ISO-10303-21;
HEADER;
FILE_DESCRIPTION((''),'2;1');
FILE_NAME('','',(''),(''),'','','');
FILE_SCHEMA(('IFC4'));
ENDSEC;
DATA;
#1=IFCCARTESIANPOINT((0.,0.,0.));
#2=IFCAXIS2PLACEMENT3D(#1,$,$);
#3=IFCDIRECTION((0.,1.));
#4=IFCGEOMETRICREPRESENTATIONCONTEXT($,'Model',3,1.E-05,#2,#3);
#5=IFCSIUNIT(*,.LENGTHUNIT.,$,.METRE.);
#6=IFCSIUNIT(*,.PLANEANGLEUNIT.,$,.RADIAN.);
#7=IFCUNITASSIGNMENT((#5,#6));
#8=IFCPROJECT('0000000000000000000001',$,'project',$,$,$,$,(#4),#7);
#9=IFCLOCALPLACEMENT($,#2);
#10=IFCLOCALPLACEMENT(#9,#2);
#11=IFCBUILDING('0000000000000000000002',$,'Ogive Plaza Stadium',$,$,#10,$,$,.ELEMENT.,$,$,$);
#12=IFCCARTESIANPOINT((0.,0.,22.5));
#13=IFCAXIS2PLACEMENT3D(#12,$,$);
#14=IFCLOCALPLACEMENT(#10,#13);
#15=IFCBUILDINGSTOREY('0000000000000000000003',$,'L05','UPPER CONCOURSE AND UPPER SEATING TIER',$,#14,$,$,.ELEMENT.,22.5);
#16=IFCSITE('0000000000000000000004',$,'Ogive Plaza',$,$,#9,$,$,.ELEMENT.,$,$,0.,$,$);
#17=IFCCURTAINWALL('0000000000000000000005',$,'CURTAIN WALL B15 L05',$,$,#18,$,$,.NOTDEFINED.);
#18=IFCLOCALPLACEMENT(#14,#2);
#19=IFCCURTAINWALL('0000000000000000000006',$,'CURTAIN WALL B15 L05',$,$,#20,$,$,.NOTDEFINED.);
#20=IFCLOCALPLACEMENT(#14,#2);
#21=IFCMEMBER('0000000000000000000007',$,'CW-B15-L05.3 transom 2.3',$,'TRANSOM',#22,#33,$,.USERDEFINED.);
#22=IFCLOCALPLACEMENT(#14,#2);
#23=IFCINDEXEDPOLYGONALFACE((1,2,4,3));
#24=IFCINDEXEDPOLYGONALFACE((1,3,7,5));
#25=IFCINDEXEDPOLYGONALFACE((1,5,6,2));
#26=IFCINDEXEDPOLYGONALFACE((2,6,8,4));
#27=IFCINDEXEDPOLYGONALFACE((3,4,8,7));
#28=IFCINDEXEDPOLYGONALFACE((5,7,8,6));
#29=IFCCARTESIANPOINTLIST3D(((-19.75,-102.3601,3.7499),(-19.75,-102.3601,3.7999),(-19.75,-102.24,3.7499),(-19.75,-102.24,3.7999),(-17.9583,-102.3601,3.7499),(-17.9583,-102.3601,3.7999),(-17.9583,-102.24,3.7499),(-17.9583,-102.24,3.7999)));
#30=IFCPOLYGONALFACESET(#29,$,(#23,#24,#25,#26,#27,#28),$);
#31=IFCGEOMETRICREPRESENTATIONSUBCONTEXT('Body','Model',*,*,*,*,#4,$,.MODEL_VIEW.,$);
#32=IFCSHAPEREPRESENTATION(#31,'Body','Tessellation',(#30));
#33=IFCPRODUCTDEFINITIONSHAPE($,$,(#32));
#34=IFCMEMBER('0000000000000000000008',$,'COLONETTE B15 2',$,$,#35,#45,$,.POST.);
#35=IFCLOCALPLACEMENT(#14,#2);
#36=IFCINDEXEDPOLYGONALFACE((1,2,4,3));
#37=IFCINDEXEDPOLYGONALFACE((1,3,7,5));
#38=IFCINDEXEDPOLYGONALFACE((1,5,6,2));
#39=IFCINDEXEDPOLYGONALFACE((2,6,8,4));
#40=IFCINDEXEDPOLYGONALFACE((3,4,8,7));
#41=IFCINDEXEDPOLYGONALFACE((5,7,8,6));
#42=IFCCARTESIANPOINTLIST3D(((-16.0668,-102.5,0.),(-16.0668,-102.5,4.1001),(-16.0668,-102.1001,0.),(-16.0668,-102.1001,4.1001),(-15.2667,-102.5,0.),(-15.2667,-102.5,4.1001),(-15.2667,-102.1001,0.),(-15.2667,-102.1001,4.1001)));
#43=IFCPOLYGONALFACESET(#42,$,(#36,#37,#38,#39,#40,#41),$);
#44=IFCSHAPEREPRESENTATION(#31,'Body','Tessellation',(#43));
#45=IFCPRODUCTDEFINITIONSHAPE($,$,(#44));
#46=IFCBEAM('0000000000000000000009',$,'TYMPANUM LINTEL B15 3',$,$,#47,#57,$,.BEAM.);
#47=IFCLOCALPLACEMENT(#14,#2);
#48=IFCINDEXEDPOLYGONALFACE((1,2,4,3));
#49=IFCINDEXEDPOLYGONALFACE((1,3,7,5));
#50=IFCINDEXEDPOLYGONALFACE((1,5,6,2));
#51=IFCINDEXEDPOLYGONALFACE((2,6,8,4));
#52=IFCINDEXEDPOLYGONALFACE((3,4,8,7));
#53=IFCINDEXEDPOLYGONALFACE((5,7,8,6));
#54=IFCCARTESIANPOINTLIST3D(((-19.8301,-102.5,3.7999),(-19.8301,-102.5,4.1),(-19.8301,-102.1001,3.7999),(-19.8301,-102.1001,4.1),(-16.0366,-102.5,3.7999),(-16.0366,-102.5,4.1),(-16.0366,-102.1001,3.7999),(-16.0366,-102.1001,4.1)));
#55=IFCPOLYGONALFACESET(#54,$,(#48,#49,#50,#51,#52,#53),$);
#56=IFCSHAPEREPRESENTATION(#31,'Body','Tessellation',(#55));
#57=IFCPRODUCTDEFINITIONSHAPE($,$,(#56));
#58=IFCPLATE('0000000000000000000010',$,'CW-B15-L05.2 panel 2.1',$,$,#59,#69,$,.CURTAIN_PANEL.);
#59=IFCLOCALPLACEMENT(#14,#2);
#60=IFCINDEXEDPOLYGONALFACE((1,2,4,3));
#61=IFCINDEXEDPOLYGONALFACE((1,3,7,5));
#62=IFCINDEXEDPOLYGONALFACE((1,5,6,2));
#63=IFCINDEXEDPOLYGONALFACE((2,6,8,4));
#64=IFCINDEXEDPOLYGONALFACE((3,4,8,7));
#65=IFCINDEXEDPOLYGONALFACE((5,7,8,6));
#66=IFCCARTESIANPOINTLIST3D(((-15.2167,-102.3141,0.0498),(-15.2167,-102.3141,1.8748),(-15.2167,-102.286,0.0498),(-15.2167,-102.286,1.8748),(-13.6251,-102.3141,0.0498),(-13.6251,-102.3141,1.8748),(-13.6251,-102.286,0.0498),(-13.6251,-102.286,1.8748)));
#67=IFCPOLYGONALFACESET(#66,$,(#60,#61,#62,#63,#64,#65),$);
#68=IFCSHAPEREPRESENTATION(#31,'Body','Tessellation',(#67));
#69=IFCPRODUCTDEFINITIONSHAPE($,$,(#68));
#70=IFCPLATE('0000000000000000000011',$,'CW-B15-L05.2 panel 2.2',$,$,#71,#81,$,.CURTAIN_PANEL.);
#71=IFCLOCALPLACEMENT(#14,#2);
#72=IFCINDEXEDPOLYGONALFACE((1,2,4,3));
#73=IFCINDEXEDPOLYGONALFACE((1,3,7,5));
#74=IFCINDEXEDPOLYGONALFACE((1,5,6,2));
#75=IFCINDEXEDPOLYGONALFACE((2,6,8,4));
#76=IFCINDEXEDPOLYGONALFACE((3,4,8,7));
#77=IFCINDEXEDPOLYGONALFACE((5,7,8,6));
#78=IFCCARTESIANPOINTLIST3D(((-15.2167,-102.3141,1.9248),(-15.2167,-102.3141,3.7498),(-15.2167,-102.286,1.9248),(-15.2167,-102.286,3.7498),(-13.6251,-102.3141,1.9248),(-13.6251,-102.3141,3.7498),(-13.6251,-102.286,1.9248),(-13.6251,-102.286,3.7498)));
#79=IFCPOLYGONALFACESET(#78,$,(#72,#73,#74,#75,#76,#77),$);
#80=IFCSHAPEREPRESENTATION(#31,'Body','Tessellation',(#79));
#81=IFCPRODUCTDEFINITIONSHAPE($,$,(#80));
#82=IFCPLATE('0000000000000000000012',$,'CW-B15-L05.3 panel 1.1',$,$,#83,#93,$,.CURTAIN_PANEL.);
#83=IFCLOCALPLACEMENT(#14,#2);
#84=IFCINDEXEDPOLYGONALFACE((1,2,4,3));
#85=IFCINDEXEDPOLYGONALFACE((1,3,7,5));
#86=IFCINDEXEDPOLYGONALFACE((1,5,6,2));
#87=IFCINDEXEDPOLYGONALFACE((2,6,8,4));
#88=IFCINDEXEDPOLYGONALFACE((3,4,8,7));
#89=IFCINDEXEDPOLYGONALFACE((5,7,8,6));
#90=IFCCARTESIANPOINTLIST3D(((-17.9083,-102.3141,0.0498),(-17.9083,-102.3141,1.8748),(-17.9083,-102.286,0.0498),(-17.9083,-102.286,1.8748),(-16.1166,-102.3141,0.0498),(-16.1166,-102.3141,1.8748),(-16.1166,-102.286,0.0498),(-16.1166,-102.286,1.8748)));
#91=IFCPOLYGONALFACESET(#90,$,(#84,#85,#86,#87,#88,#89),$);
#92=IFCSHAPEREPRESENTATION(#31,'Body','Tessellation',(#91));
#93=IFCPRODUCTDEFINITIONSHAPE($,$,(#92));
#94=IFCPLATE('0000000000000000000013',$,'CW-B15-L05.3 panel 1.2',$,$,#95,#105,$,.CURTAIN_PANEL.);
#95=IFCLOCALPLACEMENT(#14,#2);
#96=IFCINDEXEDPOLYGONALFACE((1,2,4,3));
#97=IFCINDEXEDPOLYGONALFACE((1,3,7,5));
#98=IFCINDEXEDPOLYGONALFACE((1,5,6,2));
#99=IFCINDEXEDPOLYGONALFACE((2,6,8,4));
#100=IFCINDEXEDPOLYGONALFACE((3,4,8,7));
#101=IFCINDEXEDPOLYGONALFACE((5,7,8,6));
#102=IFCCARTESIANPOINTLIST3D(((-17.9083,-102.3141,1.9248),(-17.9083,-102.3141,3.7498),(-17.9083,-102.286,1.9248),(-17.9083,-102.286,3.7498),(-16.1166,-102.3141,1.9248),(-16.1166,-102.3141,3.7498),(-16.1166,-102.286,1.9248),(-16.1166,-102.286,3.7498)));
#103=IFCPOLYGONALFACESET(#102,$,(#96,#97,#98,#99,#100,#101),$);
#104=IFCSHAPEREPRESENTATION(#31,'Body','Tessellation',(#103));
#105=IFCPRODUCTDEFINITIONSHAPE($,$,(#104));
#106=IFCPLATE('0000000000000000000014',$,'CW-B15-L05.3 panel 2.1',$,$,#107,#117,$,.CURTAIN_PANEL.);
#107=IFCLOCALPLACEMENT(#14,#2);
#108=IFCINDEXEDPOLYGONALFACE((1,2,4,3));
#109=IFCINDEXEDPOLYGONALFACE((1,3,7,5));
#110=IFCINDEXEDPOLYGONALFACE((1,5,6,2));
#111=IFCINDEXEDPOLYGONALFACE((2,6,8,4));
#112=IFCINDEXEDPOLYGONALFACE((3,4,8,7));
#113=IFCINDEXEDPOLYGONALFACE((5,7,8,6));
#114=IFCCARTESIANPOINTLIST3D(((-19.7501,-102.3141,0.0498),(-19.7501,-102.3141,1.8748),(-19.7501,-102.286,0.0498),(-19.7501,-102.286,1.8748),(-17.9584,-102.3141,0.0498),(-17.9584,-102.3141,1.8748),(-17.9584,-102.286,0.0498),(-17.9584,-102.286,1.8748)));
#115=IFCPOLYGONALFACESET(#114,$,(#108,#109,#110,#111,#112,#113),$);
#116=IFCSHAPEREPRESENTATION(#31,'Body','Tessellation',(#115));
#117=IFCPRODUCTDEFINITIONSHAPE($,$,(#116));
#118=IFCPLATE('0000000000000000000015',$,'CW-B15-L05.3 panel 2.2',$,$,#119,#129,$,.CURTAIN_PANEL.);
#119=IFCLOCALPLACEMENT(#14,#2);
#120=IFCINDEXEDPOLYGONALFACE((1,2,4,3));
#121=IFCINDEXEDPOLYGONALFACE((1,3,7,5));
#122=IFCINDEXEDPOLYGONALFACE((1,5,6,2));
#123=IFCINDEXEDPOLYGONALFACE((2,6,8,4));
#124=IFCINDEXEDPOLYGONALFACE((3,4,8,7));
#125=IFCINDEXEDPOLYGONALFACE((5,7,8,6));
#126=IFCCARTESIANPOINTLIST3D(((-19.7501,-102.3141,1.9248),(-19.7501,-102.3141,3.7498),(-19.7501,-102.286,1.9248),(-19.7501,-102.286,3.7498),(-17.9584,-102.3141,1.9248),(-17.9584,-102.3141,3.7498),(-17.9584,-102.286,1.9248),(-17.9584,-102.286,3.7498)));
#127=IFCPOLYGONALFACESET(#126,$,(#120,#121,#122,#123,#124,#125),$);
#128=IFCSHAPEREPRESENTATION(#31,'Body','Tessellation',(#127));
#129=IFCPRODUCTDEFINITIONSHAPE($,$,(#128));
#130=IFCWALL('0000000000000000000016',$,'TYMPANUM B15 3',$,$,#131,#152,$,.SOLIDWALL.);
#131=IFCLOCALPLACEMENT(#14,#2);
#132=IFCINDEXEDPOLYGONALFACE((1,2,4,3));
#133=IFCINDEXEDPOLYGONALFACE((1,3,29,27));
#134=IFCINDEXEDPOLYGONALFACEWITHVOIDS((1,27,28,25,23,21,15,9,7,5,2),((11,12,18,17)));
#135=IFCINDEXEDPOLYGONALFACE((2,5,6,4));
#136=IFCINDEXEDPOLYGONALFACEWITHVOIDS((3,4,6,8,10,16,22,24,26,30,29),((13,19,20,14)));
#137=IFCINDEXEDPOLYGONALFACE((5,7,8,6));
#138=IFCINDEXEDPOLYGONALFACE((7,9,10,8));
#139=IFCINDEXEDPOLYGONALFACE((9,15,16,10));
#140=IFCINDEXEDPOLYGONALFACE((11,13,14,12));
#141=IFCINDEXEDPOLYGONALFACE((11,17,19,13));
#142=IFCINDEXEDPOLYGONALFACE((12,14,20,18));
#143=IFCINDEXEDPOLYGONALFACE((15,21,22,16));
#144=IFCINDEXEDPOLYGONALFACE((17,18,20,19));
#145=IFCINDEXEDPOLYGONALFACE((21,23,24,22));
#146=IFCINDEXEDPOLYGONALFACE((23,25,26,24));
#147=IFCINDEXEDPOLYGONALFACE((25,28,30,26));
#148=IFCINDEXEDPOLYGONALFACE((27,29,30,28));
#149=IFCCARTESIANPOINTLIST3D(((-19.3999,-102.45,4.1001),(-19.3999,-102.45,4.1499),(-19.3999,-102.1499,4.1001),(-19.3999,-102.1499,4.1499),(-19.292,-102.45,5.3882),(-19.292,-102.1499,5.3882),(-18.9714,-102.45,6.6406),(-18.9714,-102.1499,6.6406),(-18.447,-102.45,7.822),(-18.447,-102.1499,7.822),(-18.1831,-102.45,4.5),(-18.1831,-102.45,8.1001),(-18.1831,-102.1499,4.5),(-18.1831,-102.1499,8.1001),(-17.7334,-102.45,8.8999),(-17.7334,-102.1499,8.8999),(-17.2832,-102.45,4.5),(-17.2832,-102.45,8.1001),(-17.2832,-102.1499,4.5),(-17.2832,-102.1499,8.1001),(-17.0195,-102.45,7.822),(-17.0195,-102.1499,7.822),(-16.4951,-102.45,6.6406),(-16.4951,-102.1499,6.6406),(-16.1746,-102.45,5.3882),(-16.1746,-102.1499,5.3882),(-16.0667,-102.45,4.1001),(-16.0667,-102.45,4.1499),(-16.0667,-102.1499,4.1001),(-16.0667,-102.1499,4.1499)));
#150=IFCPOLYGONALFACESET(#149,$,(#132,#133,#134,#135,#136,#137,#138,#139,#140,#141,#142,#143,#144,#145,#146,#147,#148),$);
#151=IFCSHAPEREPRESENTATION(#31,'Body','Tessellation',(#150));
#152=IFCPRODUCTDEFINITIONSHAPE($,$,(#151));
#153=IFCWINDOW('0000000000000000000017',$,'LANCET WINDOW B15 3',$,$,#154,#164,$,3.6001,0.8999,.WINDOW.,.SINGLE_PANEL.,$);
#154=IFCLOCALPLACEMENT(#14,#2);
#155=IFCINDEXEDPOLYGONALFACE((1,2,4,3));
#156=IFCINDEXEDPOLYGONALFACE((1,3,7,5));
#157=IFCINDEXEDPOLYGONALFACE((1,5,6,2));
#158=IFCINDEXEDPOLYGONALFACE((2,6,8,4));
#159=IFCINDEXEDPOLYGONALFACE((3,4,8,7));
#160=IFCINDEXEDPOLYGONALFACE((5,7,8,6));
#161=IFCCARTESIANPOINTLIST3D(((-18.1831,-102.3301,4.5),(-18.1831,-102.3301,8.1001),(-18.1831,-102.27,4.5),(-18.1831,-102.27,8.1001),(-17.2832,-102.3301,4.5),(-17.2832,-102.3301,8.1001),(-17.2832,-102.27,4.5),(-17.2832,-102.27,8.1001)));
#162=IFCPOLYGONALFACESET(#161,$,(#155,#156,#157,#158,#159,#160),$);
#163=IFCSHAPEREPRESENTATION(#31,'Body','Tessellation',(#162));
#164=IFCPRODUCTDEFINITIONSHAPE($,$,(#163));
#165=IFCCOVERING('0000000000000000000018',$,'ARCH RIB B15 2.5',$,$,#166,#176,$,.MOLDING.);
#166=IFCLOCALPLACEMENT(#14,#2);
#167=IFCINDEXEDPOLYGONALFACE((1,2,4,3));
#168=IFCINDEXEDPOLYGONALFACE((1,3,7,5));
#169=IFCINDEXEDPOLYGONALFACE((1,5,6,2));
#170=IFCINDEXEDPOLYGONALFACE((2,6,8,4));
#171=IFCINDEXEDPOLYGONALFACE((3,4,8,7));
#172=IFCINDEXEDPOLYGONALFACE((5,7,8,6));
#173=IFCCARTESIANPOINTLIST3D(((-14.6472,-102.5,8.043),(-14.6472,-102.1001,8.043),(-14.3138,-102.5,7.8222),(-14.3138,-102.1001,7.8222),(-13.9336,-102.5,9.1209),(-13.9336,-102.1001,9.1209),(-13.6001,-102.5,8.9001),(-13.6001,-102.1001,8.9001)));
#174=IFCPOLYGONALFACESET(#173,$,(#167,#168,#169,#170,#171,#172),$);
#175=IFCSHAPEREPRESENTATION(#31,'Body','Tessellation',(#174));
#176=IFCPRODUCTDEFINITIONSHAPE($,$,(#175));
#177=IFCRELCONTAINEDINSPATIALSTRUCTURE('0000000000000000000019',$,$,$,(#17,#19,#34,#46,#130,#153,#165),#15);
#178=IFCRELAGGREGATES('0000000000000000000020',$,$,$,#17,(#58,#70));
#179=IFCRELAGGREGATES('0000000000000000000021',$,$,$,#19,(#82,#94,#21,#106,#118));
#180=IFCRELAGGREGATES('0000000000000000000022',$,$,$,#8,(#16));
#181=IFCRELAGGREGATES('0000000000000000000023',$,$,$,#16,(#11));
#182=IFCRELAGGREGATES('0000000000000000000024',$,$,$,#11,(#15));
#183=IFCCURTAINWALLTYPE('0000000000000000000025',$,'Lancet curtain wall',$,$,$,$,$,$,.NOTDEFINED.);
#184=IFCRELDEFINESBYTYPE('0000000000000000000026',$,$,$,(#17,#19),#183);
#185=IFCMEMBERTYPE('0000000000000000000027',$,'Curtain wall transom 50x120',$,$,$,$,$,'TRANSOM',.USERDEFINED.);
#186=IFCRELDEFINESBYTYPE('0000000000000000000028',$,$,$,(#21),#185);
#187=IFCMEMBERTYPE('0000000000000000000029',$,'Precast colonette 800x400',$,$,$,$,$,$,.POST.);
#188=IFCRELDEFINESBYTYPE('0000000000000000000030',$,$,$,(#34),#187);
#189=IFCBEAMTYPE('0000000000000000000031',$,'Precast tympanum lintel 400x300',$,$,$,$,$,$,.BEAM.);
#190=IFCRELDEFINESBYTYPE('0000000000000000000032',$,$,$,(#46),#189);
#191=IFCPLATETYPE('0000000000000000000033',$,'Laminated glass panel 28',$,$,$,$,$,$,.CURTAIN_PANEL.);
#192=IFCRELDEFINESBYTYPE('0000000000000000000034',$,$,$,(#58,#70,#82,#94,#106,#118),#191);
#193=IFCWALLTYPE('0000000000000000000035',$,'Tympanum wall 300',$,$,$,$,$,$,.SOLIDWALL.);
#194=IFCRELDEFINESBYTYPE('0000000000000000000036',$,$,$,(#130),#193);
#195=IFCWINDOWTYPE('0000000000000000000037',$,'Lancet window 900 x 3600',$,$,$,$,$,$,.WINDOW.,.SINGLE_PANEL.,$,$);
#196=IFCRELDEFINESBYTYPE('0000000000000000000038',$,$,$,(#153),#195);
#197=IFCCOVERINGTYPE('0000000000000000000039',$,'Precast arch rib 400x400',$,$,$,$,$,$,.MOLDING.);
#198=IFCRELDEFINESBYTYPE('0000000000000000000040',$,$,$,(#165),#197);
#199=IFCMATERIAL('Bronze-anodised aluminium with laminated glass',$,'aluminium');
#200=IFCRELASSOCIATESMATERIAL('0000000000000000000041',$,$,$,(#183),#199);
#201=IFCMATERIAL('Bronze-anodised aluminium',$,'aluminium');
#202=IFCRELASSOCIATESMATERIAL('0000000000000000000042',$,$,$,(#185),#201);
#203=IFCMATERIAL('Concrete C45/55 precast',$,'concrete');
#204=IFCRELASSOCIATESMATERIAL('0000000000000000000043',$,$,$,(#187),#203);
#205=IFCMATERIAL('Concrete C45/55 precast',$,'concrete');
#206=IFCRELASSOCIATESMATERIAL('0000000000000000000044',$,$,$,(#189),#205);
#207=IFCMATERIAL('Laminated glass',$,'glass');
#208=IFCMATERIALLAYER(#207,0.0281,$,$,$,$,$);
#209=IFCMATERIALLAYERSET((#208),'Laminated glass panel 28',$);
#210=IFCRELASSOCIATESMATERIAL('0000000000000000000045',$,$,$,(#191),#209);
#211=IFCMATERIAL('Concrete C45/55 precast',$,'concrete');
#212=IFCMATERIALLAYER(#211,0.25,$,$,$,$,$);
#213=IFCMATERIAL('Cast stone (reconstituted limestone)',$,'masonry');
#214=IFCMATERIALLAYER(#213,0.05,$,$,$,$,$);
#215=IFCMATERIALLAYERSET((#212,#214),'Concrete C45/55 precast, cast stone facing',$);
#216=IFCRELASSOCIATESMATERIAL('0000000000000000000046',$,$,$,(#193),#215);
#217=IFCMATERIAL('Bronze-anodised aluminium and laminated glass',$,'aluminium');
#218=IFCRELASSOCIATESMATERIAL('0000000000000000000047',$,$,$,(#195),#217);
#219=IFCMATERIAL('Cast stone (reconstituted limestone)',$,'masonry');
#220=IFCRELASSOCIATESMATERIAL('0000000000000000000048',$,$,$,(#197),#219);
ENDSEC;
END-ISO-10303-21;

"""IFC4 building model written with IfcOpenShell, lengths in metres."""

from ifc_helpers import new_model, si_unit, direction, frame, frame_2d, origin, origin_2d, place, context, subcontext, project, spatial, polyline, rectangle, outline, extrude, material, layer, layer_set, material_profile, profile_set, type_object, element, fill, aggregate, save


model = new_model("IFC4")

# Units and contexts
model_context = context("Model", 3, precision=1e-05, world=origin(), true_north=direction((0.0, 1.0)))
body_context = subcontext(model_context, "Body", "Model", "MODEL_VIEW")
ifc_project = project(units=[si_unit("LENGTHUNIT", "METRE"), si_unit("PLANEANGLEUNIT", "RADIAN")], contexts=[model_context])

# Site, building, storey
site_placement = place(None, origin())
site = spatial("IfcSite", under=ifc_project, at=site_placement, Name="Ogive Plaza", CompositionType="ELEMENT", RefElevation=0.0)
building_placement = place(site_placement, origin())
building = spatial("IfcBuilding", under=site, at=building_placement, Name="Ogive Plaza Stadium", CompositionType="ELEMENT")
storey_placement = place(building_placement, frame((0.0, 0.0, 22.5)))
storey = spatial("IfcBuildingStorey", under=building, at=storey_placement, Name="L05", Description="UPPER CONCOURSE AND UPPER SEATING TIER", CompositionType="ELEMENT", Elevation=22.5)

# Curtain walls
ifc_material_1 = material(Name="Bronze-anodised aluminium with laminated glass", Category="aluminium")
curtain_wall_type = type_object("IfcCurtainWallType", Name="Lancet curtain wall", PredefinedType="NOTDEFINED", material=ifc_material_1)
curtain_wall_1_placement = place(storey_placement, origin())
curtain_wall_1 = element("IfcCurtainWall", 1, at=curtain_wall_1_placement, inside=storey, type_object=curtain_wall_type, Name="CURTAIN WALL B15 L05", PredefinedType="NOTDEFINED")
curtain_wall_2_placement = place(storey_placement, origin())
curtain_wall_2 = element("IfcCurtainWall", 2, at=curtain_wall_2_placement, inside=storey, type_object=curtain_wall_type, Name="CURTAIN WALL B15 L05", PredefinedType="NOTDEFINED")

# Members
ifc_material_2 = material(Name="Bronze-anodised aluminium", Category="aluminium")
ifc_material_profile_1 = material_profile(ifc_material_2, rectangle(XDim=0.1201, YDim=0.05, at=origin_2d()), Name="AL 120x50")
ifc_profile_set_1 = profile_set([ifc_material_profile_1], Name="Bronze-anodised aluminium")
member_type_1 = type_object("IfcMemberType", Name="Curtain wall transom 50x120", ElementType="TRANSOM", PredefinedType="USERDEFINED", material=ifc_profile_set_1)
member_1_placement = place(storey_placement, frame((-17.9583, -102.3, 3.7749), z_axis=(-1.0, 0.0, 0.0), x_axis=(0.0, -1.0, 0.0)))
member_1 = element("IfcMember", 3, at=member_1_placement, type_object=member_type_1, Name="CW-B15-L05.3 transom 2.3", ObjectType="TRANSOM", PredefinedType="USERDEFINED", context=body_context, shape_type="SweptSolid", body=[
    extrude(rectangle(XDim=0.1201, YDim=0.05, at=origin_2d()), origin(), (0.0, 0.0, 1.0), 1.7917),
])
ifc_material_3 = material(Name="Concrete C45/55 precast", Category="concrete")
ifc_material_profile_2 = material_profile(ifc_material_3, rectangle(XDim=0.3999, YDim=0.8, at=origin_2d()), Name="RC 400x800")
ifc_profile_set_2 = profile_set([ifc_material_profile_2], Name="Concrete C45/55 precast")
member_type_2 = type_object("IfcMemberType", Name="Precast colonette 800x400", PredefinedType="POST", material=ifc_profile_set_2)
member_2_placement = place(storey_placement, frame((-15.6667, -102.3, 0.0), z_axis=(0.0, 0.0, 1.0), x_axis=(0.0, -1.0, 0.0)))
element("IfcMember", 4, at=member_2_placement, inside=storey, type_object=member_type_2, Name="COLONETTE B15 2", PredefinedType="POST", context=body_context, shape_type="SweptSolid", body=[
    extrude(rectangle(XDim=0.3999, YDim=0.8, at=origin_2d()), origin(), (0.0, 0.0, 1.0), 4.1001),
])

# Beam
ifc_material_4 = material(Name="Concrete C45/55 precast", Category="concrete")
ifc_material_profile_3 = material_profile(ifc_material_4, rectangle(XDim=0.3999, YDim=0.3, at=origin_2d()), Name="RC 400x300")
ifc_profile_set_3 = profile_set([ifc_material_profile_3], Name="Concrete C45/55 precast")
beam_type = type_object("IfcBeamType", Name="Precast tympanum lintel 400x300", PredefinedType="BEAM", material=ifc_profile_set_3)
beam_placement = place(storey_placement, frame((-16.0366, -102.3, 3.95), z_axis=(-1.0, 0.0, 0.0), x_axis=(0.0, -1.0, 0.0)))
element("IfcBeam", 5, at=beam_placement, inside=storey, type_object=beam_type, Name="TYMPANUM LINTEL B15 3", PredefinedType="BEAM", context=body_context, shape_type="SweptSolid", body=[
    extrude(rectangle(XDim=0.3999, YDim=0.3, at=origin_2d()), origin(), (0.0, 0.0, 1.0), 3.7935),
])

# Plates
ifc_material_5 = material(Name="Laminated glass", Category="glass")
ifc_layer_1 = layer(ifc_material_5, 0.0281)
ifc_layer_set_1 = layer_set([ifc_layer_1], Name="Laminated glass panel 28")
plate_type = type_object("IfcPlateType", Name="Laminated glass panel 28", PredefinedType="CURTAIN_PANEL", material=ifc_layer_set_1)
plate_1_placement = place(storey_placement, frame((-14.4209, -102.3, 0.0498), z_axis=(0.0, 0.0, 1.0), x_axis=(-1.0, 0.0, 0.0)))
plate_1 = element("IfcPlate", 6, at=plate_1_placement, type_object=plate_type, Name="CW-B15-L05.2 panel 2.1", PredefinedType="CURTAIN_PANEL", context=body_context, shape_type="SweptSolid", body=[
    extrude(rectangle(XDim=1.5916, YDim=0.0281, at=origin_2d()), origin(), (0.0, 0.0, 1.0), 1.825),
])
plate_2_placement = place(storey_placement, frame((-14.4209, -102.3, 1.9248), z_axis=(0.0, 0.0, 1.0), x_axis=(-1.0, 0.0, 0.0)))
plate_2 = element("IfcPlate", 7, at=plate_2_placement, type_object=plate_type, Name="CW-B15-L05.2 panel 2.2", PredefinedType="CURTAIN_PANEL", context=body_context, shape_type="SweptSolid", body=[
    extrude(rectangle(XDim=1.5916, YDim=0.0281, at=origin_2d()), origin(), (0.0, 0.0, 1.0), 1.825),
])
aggregate(curtain_wall_1, [plate_1, plate_2])
plate_3_placement = place(storey_placement, frame((-17.0125, -102.3, 0.0498), z_axis=(0.0, 0.0, 1.0), x_axis=(-1.0, 0.0, 0.0)))
plate_3 = element("IfcPlate", 8, at=plate_3_placement, type_object=plate_type, Name="CW-B15-L05.3 panel 1.1", PredefinedType="CURTAIN_PANEL", context=body_context, shape_type="SweptSolid", body=[
    extrude(rectangle(XDim=1.7917, YDim=0.0281, at=origin_2d()), origin(), (0.0, 0.0, 1.0), 1.825),
])
plate_4_placement = place(storey_placement, frame((-17.0125, -102.3, 1.9248), z_axis=(0.0, 0.0, 1.0), x_axis=(-1.0, 0.0, 0.0)))
plate_4 = element("IfcPlate", 9, at=plate_4_placement, type_object=plate_type, Name="CW-B15-L05.3 panel 1.2", PredefinedType="CURTAIN_PANEL", context=body_context, shape_type="SweptSolid", body=[
    extrude(rectangle(XDim=1.7917, YDim=0.0281, at=origin_2d()), origin(), (0.0, 0.0, 1.0), 1.825),
])
plate_5_placement = place(storey_placement, frame((-18.8542, -102.3, 0.0498), z_axis=(0.0, 0.0, 1.0), x_axis=(-1.0, 0.0, 0.0)))
plate_5 = element("IfcPlate", 10, at=plate_5_placement, type_object=plate_type, Name="CW-B15-L05.3 panel 2.1", PredefinedType="CURTAIN_PANEL", context=body_context, shape_type="SweptSolid", body=[
    extrude(rectangle(XDim=1.7917, YDim=0.0281, at=origin_2d()), origin(), (0.0, 0.0, 1.0), 1.825),
])
plate_6_placement = place(storey_placement, frame((-18.8542, -102.3, 1.9248), z_axis=(0.0, 0.0, 1.0), x_axis=(-1.0, 0.0, 0.0)))
plate_6 = element("IfcPlate", 11, at=plate_6_placement, type_object=plate_type, Name="CW-B15-L05.3 panel 2.2", PredefinedType="CURTAIN_PANEL", context=body_context, shape_type="SweptSolid", body=[
    extrude(rectangle(XDim=1.7917, YDim=0.0281, at=origin_2d()), origin(), (0.0, 0.0, 1.0), 1.825),
])
aggregate(curtain_wall_2, [plate_3, plate_4, member_1, plate_5, plate_6])

# Wall, opening, window
ifc_material_6 = material(Name="Concrete C45/55 precast", Category="concrete")
ifc_layer_2 = layer(ifc_material_6, 0.25)
ifc_material_7 = material(Name="Cast stone (reconstituted limestone)", Category="masonry")
ifc_layer_3 = layer(ifc_material_7, 0.05)
ifc_layer_set_2 = layer_set([ifc_layer_2, ifc_layer_3], Name="Concrete C45/55 precast, cast stone facing")
wall_type = type_object("IfcWallType", Name="Tympanum wall 300", PredefinedType="SOLIDWALL", material=ifc_layer_set_2)
wall_placement = place(storey_placement, frame((-16.0667, -102.3, 4.1001), z_axis=(0.0, 0.0, 1.0), x_axis=(-1.0, 0.0, 0.0)))
wall = element("IfcWall", 12, at=wall_placement, inside=storey, type_object=wall_type, Name="TYMPANUM B15 3", PredefinedType="SOLIDWALL", context=body_context, shape_type="SweptSolid", body=[
    extrude(outline(polyline([(0.0, 0.0), (3.3333, 0.0), (3.3333, 0.0498), (3.2253, 1.2881), (2.9048, 2.5405), (2.3804, 3.7219), (1.6667, 4.7998), (0.9529, 3.7219), (0.4285, 2.5405), (0.1079, 1.2881), (0.0, 0.0498), (0.0, 0.0)])), frame((0.0, 0.1499, 0.0), z_axis=(0.0, -1.0, 0.0), x_axis=(1.0, 0.0, 0.0)), (0.0, 0.0, 1.0), 0.3),
])
opening_placement = place(wall_placement, frame((1.2166, 0.0, 0.3999)))
opening = element("IfcOpeningElement", 13, at=opening_placement, cuts=wall, PredefinedType="OPENING", context=body_context, shape_type="SweptSolid", body=[
    extrude(rectangle(XDim=0.8999, YDim=3.6001, at=frame_2d((0.45, 1.8))), frame((0.0, 0.1602, 0.0), z_axis=(0.0, -1.0, 0.0), x_axis=(1.0, 0.0, 0.0)), (0.0, 0.0, 1.0), 0.3201),
])
ifc_material_8 = material(Name="Bronze-anodised aluminium and laminated glass", Category="aluminium")
window_type = type_object("IfcWindowType", Name="Lancet window 900 x 3600", PartitioningType="SINGLE_PANEL", PredefinedType="WINDOW", material=ifc_material_8)
window_placement = place(opening_placement, origin())
window = element("IfcWindow", 14, at=window_placement, inside=storey, type_object=window_type, Name="LANCET WINDOW B15 3", OverallHeight=3.6001, OverallWidth=0.8999, PartitioningType="SINGLE_PANEL", PredefinedType="WINDOW", context=body_context, shape_type="SweptSolid", body=[
    extrude(rectangle(XDim=0.8999, YDim=3.6001, at=frame_2d((0.45, 1.8))), frame((0.0, 0.03, 0.0), z_axis=(0.0, -1.0, 0.0), x_axis=(1.0, 0.0, 0.0)), (0.0, 0.0, 1.0), 0.0601),
])
fill(opening, window)

# Covering
ifc_material_9 = material(Name="Cast stone (reconstituted limestone)", Category="masonry")
ifc_material_profile_4 = material_profile(ifc_material_9, rectangle(XDim=0.3999, YDim=0.3999, at=origin_2d()), Name="Cast stone 400x400")
ifc_profile_set_4 = profile_set([ifc_material_profile_4], Name="Cast stone (reconstituted limestone)")
covering_type = type_object("IfcCoveringType", Name="Precast arch rib 400x400", PredefinedType="MOLDING", material=ifc_profile_set_4)
for number, where, z_axis, x_axis, name in (
    (15, (-13.7668, -102.3, 9.0105), (-0.552039, 0.0, -0.833818), (0.0, -1.0, 0.0), "ARCH RIB B15 2.5"),
):
    element("IfcCovering", number, at=place(storey_placement, frame(where, z_axis=z_axis, x_axis=x_axis)), inside=storey, type_object=covering_type, Name=name, PredefinedType="MOLDING", context=body_context, shape_type="SweptSolid", body=[
        extrude(rectangle(XDim=0.3999, YDim=0.3999, at=origin_2d()), origin(), (0.0, 0.0, 1.0), 1.2927),
    ])

save(model, "model.ifc")
